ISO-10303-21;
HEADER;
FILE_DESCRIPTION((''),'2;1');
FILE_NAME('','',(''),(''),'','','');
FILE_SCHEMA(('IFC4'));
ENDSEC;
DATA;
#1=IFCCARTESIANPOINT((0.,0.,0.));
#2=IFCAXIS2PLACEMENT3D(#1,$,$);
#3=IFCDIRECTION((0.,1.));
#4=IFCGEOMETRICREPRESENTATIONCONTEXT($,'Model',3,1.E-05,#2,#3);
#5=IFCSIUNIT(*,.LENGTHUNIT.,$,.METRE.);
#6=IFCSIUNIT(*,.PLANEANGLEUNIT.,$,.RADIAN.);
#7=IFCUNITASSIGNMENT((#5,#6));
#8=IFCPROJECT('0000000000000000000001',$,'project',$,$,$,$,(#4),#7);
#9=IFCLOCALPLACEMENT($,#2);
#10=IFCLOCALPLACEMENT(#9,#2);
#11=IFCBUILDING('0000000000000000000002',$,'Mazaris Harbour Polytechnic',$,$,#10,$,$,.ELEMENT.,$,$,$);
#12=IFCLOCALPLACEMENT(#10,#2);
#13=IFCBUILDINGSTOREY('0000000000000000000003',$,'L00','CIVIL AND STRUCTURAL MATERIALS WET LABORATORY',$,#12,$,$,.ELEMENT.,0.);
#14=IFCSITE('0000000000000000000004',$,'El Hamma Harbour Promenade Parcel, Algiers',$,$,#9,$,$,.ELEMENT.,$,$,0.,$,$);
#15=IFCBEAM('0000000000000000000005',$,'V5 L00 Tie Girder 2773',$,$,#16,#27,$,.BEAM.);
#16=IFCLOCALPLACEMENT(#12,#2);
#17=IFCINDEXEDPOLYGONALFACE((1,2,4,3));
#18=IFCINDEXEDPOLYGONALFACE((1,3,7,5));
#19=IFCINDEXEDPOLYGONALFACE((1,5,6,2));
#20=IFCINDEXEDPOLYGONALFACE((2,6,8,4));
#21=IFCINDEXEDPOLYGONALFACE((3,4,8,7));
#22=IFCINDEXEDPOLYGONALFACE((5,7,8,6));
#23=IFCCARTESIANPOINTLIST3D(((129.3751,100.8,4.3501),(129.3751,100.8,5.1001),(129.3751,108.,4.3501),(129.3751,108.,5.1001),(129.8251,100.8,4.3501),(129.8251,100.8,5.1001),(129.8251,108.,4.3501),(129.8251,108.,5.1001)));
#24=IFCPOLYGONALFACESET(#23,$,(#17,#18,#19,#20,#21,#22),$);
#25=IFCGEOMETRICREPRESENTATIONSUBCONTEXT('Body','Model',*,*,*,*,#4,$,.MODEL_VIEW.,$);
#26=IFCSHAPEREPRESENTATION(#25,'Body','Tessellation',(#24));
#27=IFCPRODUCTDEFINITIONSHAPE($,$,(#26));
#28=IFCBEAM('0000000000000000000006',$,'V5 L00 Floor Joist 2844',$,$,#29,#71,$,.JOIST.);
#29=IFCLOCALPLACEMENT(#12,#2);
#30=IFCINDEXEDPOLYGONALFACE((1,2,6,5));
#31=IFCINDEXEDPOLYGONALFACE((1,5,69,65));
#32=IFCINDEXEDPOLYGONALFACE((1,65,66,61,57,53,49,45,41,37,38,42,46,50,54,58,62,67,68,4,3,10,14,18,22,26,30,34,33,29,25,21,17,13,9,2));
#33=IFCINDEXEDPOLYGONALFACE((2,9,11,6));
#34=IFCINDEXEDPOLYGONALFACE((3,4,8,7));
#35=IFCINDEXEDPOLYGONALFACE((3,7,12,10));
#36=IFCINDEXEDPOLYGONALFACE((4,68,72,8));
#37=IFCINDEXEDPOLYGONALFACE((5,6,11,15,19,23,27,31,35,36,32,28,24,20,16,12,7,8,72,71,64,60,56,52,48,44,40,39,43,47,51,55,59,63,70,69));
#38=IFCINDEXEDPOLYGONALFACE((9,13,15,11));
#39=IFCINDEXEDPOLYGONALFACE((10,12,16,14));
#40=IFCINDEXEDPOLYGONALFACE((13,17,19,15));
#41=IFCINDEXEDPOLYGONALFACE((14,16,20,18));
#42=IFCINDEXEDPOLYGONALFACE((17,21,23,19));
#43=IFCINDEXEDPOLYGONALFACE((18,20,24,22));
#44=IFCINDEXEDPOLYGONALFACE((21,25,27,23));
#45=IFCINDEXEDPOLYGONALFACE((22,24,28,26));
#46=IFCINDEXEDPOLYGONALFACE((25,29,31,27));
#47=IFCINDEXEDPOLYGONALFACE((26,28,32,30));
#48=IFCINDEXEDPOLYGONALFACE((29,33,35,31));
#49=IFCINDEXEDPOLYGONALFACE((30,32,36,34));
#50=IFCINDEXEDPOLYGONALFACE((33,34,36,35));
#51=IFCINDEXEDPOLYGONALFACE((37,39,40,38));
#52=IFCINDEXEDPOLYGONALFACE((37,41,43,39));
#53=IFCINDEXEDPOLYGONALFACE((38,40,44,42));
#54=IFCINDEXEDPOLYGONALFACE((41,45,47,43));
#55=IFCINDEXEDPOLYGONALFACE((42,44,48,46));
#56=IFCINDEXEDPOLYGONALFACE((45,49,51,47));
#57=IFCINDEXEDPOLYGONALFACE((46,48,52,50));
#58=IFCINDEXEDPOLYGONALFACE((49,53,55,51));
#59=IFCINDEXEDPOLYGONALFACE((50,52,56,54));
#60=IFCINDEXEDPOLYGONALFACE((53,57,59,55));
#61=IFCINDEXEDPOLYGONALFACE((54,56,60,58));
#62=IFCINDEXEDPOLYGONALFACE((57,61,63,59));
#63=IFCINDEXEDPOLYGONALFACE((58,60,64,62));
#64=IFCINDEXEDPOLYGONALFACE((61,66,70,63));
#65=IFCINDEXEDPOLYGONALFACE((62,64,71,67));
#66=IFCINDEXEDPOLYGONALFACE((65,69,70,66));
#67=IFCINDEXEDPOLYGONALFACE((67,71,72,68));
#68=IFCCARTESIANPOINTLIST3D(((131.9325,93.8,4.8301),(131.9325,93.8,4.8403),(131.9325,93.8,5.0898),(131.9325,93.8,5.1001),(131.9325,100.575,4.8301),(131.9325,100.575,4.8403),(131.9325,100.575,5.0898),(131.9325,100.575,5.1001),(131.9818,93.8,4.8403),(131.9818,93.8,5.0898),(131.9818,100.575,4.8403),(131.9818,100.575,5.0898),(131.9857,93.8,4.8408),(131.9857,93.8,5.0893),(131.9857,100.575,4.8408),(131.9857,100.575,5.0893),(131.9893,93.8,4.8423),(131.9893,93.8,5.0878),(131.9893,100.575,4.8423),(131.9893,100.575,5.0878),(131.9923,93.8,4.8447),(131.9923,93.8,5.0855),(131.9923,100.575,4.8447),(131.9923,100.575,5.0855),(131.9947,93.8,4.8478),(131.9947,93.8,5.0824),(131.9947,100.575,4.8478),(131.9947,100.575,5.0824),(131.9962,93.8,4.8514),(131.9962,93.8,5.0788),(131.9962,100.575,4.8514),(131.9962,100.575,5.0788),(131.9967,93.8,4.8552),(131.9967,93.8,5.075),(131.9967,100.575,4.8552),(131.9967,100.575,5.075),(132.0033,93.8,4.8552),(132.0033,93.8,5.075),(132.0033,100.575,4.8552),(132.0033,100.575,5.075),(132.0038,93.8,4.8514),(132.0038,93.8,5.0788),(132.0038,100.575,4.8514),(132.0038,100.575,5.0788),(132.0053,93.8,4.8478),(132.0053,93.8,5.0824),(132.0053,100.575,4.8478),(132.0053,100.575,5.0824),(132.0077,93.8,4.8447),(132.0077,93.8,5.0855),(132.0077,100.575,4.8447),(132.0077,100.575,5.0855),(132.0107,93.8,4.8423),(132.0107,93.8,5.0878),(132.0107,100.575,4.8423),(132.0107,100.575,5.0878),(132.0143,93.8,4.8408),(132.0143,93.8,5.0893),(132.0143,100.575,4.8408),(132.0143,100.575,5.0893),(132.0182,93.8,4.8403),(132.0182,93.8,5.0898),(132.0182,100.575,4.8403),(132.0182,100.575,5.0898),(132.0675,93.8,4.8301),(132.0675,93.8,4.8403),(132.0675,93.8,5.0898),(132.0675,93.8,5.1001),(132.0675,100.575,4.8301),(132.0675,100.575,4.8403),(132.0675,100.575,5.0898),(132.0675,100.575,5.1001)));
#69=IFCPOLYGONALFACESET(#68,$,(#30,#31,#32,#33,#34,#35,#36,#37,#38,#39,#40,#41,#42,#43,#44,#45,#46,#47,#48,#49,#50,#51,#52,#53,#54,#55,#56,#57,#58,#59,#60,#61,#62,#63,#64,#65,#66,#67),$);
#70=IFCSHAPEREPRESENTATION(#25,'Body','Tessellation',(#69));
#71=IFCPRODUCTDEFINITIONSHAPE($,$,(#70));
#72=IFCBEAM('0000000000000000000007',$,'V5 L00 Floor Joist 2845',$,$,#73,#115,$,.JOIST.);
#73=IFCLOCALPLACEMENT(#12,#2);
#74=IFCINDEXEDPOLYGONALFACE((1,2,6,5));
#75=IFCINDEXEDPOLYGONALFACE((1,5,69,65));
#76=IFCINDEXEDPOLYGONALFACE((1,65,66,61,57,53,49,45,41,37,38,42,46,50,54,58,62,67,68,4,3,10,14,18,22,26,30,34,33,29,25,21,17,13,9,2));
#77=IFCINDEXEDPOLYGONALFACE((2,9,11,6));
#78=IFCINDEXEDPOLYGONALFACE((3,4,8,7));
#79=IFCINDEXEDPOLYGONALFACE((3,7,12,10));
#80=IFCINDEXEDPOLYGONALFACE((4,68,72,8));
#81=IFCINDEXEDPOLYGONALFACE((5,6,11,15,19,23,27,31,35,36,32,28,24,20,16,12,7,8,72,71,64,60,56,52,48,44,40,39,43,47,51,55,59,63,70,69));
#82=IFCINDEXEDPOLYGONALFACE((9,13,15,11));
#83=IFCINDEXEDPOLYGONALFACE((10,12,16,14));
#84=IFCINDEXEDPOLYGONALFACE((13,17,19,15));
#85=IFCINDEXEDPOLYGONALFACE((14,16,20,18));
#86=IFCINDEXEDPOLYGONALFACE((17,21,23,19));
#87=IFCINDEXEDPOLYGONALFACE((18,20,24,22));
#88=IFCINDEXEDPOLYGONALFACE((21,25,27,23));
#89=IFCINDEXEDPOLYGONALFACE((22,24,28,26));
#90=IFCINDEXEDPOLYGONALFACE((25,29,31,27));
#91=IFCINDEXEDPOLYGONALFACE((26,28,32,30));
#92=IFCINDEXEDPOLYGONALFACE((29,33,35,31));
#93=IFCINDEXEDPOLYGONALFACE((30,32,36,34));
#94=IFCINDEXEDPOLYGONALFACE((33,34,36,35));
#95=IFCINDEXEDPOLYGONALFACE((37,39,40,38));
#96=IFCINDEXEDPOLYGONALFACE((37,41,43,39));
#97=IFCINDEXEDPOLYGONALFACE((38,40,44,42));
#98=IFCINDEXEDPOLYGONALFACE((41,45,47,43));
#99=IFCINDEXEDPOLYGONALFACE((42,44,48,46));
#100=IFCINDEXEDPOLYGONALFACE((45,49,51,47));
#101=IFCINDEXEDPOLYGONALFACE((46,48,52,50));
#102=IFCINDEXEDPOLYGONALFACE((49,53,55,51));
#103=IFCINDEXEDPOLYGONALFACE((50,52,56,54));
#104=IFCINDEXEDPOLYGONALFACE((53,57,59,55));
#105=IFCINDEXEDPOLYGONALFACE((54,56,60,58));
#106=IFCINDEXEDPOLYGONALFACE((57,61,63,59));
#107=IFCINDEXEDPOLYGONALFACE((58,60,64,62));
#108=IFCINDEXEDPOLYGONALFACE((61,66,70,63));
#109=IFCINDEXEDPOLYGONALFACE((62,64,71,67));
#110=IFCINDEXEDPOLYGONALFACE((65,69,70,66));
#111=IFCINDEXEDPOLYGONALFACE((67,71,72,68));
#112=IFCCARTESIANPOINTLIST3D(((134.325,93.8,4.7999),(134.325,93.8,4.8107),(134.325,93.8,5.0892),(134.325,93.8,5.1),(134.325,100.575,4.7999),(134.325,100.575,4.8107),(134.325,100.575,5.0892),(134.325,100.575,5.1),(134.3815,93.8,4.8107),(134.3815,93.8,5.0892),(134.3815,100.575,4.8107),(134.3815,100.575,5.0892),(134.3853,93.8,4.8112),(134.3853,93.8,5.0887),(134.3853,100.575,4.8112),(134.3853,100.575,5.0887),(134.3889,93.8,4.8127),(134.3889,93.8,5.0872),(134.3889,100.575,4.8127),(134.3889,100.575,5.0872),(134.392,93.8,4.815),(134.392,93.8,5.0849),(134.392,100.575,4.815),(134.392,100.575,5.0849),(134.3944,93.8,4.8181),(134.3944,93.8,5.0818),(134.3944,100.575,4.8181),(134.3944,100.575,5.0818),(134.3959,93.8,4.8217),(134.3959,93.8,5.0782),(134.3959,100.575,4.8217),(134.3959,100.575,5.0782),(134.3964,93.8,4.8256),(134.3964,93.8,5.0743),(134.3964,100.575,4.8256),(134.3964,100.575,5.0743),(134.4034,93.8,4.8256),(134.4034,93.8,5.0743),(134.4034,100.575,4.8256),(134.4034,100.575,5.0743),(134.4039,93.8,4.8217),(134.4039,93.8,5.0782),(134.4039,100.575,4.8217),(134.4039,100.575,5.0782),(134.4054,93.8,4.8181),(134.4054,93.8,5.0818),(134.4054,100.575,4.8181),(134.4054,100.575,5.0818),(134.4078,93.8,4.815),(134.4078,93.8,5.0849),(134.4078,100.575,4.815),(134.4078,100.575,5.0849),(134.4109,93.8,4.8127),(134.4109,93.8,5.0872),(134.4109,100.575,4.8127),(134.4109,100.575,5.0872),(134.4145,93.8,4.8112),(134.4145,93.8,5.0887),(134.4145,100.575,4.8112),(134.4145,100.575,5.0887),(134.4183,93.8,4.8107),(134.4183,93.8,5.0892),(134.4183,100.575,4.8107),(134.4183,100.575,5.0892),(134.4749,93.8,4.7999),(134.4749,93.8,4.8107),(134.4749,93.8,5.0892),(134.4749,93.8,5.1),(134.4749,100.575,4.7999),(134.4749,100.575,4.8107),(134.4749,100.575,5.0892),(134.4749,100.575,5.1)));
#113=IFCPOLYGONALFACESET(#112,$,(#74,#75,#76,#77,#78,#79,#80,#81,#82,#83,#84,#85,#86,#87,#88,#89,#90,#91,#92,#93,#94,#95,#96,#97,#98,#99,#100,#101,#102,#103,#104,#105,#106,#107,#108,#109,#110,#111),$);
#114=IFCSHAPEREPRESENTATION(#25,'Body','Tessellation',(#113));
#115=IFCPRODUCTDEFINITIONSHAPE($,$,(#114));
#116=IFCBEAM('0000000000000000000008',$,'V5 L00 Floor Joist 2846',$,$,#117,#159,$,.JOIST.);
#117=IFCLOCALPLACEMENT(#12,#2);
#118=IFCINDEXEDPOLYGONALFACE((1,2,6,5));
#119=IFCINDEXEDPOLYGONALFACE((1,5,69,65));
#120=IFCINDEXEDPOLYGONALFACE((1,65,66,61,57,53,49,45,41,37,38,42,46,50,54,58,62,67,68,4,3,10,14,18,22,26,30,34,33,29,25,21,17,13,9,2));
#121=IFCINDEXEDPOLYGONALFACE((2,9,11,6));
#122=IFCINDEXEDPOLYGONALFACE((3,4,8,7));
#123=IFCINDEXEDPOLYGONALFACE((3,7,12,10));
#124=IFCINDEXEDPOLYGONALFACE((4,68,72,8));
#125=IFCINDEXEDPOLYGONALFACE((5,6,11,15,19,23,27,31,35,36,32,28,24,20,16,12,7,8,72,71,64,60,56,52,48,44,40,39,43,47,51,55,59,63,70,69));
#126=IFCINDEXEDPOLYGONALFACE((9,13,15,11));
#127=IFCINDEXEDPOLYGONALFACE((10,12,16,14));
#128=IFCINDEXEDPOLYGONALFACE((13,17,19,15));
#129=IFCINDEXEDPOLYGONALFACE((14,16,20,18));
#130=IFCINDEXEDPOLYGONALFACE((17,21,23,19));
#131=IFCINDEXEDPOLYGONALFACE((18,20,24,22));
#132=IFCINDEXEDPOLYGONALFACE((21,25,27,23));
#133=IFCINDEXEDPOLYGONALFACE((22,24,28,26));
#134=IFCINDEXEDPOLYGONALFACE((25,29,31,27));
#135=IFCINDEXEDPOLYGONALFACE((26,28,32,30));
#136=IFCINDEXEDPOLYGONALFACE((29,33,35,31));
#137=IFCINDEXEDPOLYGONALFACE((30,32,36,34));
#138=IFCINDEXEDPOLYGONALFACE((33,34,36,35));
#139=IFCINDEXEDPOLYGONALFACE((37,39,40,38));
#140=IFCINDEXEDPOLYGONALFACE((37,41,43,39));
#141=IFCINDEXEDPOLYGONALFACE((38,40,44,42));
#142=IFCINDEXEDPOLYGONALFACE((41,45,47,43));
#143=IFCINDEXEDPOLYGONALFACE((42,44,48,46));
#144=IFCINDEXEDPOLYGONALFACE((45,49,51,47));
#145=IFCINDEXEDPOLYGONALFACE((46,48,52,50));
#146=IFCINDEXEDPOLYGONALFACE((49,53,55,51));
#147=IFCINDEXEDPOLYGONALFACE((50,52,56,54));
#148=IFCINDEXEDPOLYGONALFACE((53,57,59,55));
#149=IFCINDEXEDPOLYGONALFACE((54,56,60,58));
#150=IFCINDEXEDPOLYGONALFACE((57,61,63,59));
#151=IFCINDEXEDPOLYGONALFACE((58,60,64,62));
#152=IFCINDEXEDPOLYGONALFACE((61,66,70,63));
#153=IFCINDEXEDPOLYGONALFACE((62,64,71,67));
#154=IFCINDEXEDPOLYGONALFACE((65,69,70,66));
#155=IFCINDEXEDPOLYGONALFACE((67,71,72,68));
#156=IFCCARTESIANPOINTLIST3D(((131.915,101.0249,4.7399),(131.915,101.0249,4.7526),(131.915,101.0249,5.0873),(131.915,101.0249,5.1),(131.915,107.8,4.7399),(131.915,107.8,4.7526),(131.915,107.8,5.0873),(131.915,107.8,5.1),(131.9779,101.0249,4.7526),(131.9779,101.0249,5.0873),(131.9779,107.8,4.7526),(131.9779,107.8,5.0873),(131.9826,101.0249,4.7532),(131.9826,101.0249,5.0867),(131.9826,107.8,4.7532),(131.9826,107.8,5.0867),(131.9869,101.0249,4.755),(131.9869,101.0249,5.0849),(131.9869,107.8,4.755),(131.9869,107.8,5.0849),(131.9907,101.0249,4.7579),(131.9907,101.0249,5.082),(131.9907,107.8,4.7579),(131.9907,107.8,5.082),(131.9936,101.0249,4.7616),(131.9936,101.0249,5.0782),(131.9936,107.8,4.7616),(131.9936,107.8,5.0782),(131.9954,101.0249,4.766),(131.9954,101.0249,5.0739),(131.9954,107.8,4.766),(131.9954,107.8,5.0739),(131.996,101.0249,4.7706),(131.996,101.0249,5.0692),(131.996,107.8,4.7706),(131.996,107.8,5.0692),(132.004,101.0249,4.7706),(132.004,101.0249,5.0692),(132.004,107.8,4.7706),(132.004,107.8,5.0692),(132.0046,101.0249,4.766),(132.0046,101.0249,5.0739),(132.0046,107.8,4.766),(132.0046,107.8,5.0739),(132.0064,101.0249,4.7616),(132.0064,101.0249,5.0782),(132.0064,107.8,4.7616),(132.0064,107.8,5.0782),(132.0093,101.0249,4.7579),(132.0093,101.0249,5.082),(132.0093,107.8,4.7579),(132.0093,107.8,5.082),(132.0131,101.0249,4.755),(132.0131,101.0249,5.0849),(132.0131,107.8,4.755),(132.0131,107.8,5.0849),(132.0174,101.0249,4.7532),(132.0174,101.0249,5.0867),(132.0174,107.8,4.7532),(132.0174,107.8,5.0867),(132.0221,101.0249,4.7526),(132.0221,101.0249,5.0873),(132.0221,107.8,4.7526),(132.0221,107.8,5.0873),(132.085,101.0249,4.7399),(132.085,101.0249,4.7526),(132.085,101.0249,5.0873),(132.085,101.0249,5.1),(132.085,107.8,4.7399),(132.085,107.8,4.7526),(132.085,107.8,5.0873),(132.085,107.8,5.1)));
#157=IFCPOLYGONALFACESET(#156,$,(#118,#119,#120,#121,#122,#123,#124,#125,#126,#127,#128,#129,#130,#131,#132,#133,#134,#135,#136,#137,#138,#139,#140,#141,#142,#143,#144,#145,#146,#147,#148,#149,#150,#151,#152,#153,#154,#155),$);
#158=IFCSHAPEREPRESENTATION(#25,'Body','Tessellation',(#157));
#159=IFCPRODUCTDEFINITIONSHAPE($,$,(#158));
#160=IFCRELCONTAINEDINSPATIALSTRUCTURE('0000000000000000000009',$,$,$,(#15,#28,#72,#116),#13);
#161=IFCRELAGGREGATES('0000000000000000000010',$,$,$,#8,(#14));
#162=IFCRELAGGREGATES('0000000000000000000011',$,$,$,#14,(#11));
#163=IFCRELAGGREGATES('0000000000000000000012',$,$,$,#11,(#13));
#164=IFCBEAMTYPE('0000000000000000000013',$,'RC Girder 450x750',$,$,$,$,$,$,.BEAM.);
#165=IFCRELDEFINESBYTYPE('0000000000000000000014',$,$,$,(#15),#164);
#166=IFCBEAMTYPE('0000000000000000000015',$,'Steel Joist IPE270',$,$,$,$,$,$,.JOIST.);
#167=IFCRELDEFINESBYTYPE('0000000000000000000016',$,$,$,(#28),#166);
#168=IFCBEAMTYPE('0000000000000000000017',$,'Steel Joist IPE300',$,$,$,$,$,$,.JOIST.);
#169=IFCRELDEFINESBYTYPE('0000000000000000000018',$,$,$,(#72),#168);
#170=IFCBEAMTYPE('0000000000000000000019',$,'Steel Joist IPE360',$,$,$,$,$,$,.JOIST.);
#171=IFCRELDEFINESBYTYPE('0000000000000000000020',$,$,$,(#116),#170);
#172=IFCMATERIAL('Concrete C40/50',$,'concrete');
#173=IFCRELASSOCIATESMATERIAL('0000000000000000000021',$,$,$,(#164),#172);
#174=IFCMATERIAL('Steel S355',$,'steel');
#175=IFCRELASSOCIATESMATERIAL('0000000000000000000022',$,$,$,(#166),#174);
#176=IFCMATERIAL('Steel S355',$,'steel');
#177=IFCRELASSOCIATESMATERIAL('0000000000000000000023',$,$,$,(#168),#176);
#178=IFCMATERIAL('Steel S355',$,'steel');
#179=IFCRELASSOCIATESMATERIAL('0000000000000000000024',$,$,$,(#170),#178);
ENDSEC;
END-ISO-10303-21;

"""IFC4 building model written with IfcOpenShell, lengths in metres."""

from ifc_helpers import new_model, si_unit, direction, frame, origin, origin_2d, place, context, subcontext, project, spatial, rectangle, i_section, extrude, material, material_profile, profile_set, type_object, element, save


model = new_model("IFC4")

# Units and contexts
model_context = context("Model", 3, precision=1e-05, world=origin(), true_north=direction((0.0, 1.0)))
body_context = subcontext(model_context, "Body", "Model", "MODEL_VIEW")
ifc_project = project(units=[si_unit("LENGTHUNIT", "METRE"), si_unit("PLANEANGLEUNIT", "RADIAN")], contexts=[model_context])

# Site, building, storey
site_placement = place(None, origin())
site = spatial("IfcSite", under=ifc_project, at=site_placement, Name="El Hamma Harbour Promenade Parcel, Algiers", CompositionType="ELEMENT", RefElevation=0.0)
building_placement = place(site_placement, origin())
building = spatial("IfcBuilding", under=site, at=building_placement, Name="Mazaris Harbour Polytechnic", CompositionType="ELEMENT")
storey_placement = place(building_placement, origin())
storey = spatial("IfcBuildingStorey", under=building, at=storey_placement, Name="L00", Description="CIVIL AND STRUCTURAL MATERIALS WET LABORATORY", CompositionType="ELEMENT", Elevation=0.0)

# Beams
ifc_material_1 = material(Name="Concrete C40/50", Category="concrete")
ifc_material_profile_1 = material_profile(ifc_material_1, rectangle(XDim=0.45, YDim=0.75, at=origin_2d()), Name="RECT450x750")
ifc_profile_set_1 = profile_set([ifc_material_profile_1], Name="Concrete C40/50")
beam_type_1 = type_object("IfcBeamType", Name="RC Girder 450x750", PredefinedType="BEAM", material=ifc_profile_set_1)
beam_1_placement = place(storey_placement, frame((129.6001, 100.8, 4.7251), z_axis=(0.0, 1.0, 0.0), x_axis=(-1.0, 0.0, 0.0)))
element("IfcBeam", 1, at=beam_1_placement, inside=storey, type_object=beam_type_1, Name="V5 L00 Tie Girder 2773", PredefinedType="BEAM", context=body_context, shape_type="SweptSolid", body=[
    extrude(rectangle(XDim=0.45, YDim=0.75, at=origin_2d()), origin(), (0.0, 0.0, 1.0), 7.2),
])
ifc_material_2 = material(Name="Steel S355", Category="steel")
ifc_material_profile_2 = material_profile(ifc_material_2, i_section(OverallWidth=0.135, OverallDepth=0.27, WebThickness=0.0066, FlangeThickness=0.0103, FilletRadius=0.0149, at=origin_2d()), Name="IPE 270")
ifc_profile_set_2 = profile_set([ifc_material_profile_2], Name="Steel S355")
beam_type_2 = type_object("IfcBeamType", Name="Steel Joist IPE270", PredefinedType="JOIST", material=ifc_profile_set_2)
beam_2_placement = place(storey_placement, frame((132.0, 93.8, 4.9651), z_axis=(0.0, 1.0, 0.0), x_axis=(-1.0, 0.0, 0.0)))
element("IfcBeam", 2, at=beam_2_placement, inside=storey, type_object=beam_type_2, Name="V5 L00 Floor Joist 2844", PredefinedType="JOIST", context=body_context, shape_type="SweptSolid", body=[
    extrude(i_section(OverallWidth=0.135, OverallDepth=0.27, WebThickness=0.0066, FlangeThickness=0.0103, FilletRadius=0.0149, at=origin_2d()), origin(), (0.0, 0.0, 1.0), 6.7749),
])
ifc_material_3 = material(Name="Steel S355", Category="steel")
ifc_material_profile_3 = material_profile(ifc_material_3, i_section(OverallWidth=0.1499, OverallDepth=0.3, WebThickness=0.0071, FlangeThickness=0.0107, FilletRadius=0.0149, at=origin_2d()), Name="IPE 300")
ifc_profile_set_3 = profile_set([ifc_material_profile_3], Name="Steel S355")
beam_type_3 = type_object("IfcBeamType", Name="Steel Joist IPE300", PredefinedType="JOIST", material=ifc_profile_set_3)
beam_3_placement = place(storey_placement, frame((134.3999, 93.8, 4.95), z_axis=(0.0, 1.0, 0.0), x_axis=(-1.0, 0.0, 0.0)))
element("IfcBeam", 3, at=beam_3_placement, inside=storey, type_object=beam_type_3, Name="V5 L00 Floor Joist 2845", PredefinedType="JOIST", context=body_context, shape_type="SweptSolid", body=[
    extrude(i_section(OverallWidth=0.1499, OverallDepth=0.3, WebThickness=0.0071, FlangeThickness=0.0107, FilletRadius=0.0149, at=origin_2d()), origin(), (0.0, 0.0, 1.0), 6.7749),
])
ifc_material_4 = material(Name="Steel S355", Category="steel")
ifc_material_profile_4 = material_profile(ifc_material_4, i_section(OverallWidth=0.1699, OverallDepth=0.3601, WebThickness=0.0081, FlangeThickness=0.0127, FilletRadius=0.0181, at=origin_2d()), Name="IPE 360")
ifc_profile_set_4 = profile_set([ifc_material_profile_4], Name="Steel S355")
beam_type_4 = type_object("IfcBeamType", Name="Steel Joist IPE360", PredefinedType="JOIST", material=ifc_profile_set_4)
beam_4_placement = place(storey_placement, frame((132.0, 101.0249, 4.9199), z_axis=(0.0, 1.0, 0.0), x_axis=(-1.0, 0.0, 0.0)))
element("IfcBeam", 4, at=beam_4_placement, inside=storey, type_object=beam_type_4, Name="V5 L00 Floor Joist 2846", PredefinedType="JOIST", context=body_context, shape_type="SweptSolid", body=[
    extrude(i_section(OverallWidth=0.1699, OverallDepth=0.3601, WebThickness=0.0081, FlangeThickness=0.0127, FilletRadius=0.0181, at=origin_2d()), origin(), (0.0, 0.0, 1.0), 6.7751),
])

save(model, "model.ifc")
